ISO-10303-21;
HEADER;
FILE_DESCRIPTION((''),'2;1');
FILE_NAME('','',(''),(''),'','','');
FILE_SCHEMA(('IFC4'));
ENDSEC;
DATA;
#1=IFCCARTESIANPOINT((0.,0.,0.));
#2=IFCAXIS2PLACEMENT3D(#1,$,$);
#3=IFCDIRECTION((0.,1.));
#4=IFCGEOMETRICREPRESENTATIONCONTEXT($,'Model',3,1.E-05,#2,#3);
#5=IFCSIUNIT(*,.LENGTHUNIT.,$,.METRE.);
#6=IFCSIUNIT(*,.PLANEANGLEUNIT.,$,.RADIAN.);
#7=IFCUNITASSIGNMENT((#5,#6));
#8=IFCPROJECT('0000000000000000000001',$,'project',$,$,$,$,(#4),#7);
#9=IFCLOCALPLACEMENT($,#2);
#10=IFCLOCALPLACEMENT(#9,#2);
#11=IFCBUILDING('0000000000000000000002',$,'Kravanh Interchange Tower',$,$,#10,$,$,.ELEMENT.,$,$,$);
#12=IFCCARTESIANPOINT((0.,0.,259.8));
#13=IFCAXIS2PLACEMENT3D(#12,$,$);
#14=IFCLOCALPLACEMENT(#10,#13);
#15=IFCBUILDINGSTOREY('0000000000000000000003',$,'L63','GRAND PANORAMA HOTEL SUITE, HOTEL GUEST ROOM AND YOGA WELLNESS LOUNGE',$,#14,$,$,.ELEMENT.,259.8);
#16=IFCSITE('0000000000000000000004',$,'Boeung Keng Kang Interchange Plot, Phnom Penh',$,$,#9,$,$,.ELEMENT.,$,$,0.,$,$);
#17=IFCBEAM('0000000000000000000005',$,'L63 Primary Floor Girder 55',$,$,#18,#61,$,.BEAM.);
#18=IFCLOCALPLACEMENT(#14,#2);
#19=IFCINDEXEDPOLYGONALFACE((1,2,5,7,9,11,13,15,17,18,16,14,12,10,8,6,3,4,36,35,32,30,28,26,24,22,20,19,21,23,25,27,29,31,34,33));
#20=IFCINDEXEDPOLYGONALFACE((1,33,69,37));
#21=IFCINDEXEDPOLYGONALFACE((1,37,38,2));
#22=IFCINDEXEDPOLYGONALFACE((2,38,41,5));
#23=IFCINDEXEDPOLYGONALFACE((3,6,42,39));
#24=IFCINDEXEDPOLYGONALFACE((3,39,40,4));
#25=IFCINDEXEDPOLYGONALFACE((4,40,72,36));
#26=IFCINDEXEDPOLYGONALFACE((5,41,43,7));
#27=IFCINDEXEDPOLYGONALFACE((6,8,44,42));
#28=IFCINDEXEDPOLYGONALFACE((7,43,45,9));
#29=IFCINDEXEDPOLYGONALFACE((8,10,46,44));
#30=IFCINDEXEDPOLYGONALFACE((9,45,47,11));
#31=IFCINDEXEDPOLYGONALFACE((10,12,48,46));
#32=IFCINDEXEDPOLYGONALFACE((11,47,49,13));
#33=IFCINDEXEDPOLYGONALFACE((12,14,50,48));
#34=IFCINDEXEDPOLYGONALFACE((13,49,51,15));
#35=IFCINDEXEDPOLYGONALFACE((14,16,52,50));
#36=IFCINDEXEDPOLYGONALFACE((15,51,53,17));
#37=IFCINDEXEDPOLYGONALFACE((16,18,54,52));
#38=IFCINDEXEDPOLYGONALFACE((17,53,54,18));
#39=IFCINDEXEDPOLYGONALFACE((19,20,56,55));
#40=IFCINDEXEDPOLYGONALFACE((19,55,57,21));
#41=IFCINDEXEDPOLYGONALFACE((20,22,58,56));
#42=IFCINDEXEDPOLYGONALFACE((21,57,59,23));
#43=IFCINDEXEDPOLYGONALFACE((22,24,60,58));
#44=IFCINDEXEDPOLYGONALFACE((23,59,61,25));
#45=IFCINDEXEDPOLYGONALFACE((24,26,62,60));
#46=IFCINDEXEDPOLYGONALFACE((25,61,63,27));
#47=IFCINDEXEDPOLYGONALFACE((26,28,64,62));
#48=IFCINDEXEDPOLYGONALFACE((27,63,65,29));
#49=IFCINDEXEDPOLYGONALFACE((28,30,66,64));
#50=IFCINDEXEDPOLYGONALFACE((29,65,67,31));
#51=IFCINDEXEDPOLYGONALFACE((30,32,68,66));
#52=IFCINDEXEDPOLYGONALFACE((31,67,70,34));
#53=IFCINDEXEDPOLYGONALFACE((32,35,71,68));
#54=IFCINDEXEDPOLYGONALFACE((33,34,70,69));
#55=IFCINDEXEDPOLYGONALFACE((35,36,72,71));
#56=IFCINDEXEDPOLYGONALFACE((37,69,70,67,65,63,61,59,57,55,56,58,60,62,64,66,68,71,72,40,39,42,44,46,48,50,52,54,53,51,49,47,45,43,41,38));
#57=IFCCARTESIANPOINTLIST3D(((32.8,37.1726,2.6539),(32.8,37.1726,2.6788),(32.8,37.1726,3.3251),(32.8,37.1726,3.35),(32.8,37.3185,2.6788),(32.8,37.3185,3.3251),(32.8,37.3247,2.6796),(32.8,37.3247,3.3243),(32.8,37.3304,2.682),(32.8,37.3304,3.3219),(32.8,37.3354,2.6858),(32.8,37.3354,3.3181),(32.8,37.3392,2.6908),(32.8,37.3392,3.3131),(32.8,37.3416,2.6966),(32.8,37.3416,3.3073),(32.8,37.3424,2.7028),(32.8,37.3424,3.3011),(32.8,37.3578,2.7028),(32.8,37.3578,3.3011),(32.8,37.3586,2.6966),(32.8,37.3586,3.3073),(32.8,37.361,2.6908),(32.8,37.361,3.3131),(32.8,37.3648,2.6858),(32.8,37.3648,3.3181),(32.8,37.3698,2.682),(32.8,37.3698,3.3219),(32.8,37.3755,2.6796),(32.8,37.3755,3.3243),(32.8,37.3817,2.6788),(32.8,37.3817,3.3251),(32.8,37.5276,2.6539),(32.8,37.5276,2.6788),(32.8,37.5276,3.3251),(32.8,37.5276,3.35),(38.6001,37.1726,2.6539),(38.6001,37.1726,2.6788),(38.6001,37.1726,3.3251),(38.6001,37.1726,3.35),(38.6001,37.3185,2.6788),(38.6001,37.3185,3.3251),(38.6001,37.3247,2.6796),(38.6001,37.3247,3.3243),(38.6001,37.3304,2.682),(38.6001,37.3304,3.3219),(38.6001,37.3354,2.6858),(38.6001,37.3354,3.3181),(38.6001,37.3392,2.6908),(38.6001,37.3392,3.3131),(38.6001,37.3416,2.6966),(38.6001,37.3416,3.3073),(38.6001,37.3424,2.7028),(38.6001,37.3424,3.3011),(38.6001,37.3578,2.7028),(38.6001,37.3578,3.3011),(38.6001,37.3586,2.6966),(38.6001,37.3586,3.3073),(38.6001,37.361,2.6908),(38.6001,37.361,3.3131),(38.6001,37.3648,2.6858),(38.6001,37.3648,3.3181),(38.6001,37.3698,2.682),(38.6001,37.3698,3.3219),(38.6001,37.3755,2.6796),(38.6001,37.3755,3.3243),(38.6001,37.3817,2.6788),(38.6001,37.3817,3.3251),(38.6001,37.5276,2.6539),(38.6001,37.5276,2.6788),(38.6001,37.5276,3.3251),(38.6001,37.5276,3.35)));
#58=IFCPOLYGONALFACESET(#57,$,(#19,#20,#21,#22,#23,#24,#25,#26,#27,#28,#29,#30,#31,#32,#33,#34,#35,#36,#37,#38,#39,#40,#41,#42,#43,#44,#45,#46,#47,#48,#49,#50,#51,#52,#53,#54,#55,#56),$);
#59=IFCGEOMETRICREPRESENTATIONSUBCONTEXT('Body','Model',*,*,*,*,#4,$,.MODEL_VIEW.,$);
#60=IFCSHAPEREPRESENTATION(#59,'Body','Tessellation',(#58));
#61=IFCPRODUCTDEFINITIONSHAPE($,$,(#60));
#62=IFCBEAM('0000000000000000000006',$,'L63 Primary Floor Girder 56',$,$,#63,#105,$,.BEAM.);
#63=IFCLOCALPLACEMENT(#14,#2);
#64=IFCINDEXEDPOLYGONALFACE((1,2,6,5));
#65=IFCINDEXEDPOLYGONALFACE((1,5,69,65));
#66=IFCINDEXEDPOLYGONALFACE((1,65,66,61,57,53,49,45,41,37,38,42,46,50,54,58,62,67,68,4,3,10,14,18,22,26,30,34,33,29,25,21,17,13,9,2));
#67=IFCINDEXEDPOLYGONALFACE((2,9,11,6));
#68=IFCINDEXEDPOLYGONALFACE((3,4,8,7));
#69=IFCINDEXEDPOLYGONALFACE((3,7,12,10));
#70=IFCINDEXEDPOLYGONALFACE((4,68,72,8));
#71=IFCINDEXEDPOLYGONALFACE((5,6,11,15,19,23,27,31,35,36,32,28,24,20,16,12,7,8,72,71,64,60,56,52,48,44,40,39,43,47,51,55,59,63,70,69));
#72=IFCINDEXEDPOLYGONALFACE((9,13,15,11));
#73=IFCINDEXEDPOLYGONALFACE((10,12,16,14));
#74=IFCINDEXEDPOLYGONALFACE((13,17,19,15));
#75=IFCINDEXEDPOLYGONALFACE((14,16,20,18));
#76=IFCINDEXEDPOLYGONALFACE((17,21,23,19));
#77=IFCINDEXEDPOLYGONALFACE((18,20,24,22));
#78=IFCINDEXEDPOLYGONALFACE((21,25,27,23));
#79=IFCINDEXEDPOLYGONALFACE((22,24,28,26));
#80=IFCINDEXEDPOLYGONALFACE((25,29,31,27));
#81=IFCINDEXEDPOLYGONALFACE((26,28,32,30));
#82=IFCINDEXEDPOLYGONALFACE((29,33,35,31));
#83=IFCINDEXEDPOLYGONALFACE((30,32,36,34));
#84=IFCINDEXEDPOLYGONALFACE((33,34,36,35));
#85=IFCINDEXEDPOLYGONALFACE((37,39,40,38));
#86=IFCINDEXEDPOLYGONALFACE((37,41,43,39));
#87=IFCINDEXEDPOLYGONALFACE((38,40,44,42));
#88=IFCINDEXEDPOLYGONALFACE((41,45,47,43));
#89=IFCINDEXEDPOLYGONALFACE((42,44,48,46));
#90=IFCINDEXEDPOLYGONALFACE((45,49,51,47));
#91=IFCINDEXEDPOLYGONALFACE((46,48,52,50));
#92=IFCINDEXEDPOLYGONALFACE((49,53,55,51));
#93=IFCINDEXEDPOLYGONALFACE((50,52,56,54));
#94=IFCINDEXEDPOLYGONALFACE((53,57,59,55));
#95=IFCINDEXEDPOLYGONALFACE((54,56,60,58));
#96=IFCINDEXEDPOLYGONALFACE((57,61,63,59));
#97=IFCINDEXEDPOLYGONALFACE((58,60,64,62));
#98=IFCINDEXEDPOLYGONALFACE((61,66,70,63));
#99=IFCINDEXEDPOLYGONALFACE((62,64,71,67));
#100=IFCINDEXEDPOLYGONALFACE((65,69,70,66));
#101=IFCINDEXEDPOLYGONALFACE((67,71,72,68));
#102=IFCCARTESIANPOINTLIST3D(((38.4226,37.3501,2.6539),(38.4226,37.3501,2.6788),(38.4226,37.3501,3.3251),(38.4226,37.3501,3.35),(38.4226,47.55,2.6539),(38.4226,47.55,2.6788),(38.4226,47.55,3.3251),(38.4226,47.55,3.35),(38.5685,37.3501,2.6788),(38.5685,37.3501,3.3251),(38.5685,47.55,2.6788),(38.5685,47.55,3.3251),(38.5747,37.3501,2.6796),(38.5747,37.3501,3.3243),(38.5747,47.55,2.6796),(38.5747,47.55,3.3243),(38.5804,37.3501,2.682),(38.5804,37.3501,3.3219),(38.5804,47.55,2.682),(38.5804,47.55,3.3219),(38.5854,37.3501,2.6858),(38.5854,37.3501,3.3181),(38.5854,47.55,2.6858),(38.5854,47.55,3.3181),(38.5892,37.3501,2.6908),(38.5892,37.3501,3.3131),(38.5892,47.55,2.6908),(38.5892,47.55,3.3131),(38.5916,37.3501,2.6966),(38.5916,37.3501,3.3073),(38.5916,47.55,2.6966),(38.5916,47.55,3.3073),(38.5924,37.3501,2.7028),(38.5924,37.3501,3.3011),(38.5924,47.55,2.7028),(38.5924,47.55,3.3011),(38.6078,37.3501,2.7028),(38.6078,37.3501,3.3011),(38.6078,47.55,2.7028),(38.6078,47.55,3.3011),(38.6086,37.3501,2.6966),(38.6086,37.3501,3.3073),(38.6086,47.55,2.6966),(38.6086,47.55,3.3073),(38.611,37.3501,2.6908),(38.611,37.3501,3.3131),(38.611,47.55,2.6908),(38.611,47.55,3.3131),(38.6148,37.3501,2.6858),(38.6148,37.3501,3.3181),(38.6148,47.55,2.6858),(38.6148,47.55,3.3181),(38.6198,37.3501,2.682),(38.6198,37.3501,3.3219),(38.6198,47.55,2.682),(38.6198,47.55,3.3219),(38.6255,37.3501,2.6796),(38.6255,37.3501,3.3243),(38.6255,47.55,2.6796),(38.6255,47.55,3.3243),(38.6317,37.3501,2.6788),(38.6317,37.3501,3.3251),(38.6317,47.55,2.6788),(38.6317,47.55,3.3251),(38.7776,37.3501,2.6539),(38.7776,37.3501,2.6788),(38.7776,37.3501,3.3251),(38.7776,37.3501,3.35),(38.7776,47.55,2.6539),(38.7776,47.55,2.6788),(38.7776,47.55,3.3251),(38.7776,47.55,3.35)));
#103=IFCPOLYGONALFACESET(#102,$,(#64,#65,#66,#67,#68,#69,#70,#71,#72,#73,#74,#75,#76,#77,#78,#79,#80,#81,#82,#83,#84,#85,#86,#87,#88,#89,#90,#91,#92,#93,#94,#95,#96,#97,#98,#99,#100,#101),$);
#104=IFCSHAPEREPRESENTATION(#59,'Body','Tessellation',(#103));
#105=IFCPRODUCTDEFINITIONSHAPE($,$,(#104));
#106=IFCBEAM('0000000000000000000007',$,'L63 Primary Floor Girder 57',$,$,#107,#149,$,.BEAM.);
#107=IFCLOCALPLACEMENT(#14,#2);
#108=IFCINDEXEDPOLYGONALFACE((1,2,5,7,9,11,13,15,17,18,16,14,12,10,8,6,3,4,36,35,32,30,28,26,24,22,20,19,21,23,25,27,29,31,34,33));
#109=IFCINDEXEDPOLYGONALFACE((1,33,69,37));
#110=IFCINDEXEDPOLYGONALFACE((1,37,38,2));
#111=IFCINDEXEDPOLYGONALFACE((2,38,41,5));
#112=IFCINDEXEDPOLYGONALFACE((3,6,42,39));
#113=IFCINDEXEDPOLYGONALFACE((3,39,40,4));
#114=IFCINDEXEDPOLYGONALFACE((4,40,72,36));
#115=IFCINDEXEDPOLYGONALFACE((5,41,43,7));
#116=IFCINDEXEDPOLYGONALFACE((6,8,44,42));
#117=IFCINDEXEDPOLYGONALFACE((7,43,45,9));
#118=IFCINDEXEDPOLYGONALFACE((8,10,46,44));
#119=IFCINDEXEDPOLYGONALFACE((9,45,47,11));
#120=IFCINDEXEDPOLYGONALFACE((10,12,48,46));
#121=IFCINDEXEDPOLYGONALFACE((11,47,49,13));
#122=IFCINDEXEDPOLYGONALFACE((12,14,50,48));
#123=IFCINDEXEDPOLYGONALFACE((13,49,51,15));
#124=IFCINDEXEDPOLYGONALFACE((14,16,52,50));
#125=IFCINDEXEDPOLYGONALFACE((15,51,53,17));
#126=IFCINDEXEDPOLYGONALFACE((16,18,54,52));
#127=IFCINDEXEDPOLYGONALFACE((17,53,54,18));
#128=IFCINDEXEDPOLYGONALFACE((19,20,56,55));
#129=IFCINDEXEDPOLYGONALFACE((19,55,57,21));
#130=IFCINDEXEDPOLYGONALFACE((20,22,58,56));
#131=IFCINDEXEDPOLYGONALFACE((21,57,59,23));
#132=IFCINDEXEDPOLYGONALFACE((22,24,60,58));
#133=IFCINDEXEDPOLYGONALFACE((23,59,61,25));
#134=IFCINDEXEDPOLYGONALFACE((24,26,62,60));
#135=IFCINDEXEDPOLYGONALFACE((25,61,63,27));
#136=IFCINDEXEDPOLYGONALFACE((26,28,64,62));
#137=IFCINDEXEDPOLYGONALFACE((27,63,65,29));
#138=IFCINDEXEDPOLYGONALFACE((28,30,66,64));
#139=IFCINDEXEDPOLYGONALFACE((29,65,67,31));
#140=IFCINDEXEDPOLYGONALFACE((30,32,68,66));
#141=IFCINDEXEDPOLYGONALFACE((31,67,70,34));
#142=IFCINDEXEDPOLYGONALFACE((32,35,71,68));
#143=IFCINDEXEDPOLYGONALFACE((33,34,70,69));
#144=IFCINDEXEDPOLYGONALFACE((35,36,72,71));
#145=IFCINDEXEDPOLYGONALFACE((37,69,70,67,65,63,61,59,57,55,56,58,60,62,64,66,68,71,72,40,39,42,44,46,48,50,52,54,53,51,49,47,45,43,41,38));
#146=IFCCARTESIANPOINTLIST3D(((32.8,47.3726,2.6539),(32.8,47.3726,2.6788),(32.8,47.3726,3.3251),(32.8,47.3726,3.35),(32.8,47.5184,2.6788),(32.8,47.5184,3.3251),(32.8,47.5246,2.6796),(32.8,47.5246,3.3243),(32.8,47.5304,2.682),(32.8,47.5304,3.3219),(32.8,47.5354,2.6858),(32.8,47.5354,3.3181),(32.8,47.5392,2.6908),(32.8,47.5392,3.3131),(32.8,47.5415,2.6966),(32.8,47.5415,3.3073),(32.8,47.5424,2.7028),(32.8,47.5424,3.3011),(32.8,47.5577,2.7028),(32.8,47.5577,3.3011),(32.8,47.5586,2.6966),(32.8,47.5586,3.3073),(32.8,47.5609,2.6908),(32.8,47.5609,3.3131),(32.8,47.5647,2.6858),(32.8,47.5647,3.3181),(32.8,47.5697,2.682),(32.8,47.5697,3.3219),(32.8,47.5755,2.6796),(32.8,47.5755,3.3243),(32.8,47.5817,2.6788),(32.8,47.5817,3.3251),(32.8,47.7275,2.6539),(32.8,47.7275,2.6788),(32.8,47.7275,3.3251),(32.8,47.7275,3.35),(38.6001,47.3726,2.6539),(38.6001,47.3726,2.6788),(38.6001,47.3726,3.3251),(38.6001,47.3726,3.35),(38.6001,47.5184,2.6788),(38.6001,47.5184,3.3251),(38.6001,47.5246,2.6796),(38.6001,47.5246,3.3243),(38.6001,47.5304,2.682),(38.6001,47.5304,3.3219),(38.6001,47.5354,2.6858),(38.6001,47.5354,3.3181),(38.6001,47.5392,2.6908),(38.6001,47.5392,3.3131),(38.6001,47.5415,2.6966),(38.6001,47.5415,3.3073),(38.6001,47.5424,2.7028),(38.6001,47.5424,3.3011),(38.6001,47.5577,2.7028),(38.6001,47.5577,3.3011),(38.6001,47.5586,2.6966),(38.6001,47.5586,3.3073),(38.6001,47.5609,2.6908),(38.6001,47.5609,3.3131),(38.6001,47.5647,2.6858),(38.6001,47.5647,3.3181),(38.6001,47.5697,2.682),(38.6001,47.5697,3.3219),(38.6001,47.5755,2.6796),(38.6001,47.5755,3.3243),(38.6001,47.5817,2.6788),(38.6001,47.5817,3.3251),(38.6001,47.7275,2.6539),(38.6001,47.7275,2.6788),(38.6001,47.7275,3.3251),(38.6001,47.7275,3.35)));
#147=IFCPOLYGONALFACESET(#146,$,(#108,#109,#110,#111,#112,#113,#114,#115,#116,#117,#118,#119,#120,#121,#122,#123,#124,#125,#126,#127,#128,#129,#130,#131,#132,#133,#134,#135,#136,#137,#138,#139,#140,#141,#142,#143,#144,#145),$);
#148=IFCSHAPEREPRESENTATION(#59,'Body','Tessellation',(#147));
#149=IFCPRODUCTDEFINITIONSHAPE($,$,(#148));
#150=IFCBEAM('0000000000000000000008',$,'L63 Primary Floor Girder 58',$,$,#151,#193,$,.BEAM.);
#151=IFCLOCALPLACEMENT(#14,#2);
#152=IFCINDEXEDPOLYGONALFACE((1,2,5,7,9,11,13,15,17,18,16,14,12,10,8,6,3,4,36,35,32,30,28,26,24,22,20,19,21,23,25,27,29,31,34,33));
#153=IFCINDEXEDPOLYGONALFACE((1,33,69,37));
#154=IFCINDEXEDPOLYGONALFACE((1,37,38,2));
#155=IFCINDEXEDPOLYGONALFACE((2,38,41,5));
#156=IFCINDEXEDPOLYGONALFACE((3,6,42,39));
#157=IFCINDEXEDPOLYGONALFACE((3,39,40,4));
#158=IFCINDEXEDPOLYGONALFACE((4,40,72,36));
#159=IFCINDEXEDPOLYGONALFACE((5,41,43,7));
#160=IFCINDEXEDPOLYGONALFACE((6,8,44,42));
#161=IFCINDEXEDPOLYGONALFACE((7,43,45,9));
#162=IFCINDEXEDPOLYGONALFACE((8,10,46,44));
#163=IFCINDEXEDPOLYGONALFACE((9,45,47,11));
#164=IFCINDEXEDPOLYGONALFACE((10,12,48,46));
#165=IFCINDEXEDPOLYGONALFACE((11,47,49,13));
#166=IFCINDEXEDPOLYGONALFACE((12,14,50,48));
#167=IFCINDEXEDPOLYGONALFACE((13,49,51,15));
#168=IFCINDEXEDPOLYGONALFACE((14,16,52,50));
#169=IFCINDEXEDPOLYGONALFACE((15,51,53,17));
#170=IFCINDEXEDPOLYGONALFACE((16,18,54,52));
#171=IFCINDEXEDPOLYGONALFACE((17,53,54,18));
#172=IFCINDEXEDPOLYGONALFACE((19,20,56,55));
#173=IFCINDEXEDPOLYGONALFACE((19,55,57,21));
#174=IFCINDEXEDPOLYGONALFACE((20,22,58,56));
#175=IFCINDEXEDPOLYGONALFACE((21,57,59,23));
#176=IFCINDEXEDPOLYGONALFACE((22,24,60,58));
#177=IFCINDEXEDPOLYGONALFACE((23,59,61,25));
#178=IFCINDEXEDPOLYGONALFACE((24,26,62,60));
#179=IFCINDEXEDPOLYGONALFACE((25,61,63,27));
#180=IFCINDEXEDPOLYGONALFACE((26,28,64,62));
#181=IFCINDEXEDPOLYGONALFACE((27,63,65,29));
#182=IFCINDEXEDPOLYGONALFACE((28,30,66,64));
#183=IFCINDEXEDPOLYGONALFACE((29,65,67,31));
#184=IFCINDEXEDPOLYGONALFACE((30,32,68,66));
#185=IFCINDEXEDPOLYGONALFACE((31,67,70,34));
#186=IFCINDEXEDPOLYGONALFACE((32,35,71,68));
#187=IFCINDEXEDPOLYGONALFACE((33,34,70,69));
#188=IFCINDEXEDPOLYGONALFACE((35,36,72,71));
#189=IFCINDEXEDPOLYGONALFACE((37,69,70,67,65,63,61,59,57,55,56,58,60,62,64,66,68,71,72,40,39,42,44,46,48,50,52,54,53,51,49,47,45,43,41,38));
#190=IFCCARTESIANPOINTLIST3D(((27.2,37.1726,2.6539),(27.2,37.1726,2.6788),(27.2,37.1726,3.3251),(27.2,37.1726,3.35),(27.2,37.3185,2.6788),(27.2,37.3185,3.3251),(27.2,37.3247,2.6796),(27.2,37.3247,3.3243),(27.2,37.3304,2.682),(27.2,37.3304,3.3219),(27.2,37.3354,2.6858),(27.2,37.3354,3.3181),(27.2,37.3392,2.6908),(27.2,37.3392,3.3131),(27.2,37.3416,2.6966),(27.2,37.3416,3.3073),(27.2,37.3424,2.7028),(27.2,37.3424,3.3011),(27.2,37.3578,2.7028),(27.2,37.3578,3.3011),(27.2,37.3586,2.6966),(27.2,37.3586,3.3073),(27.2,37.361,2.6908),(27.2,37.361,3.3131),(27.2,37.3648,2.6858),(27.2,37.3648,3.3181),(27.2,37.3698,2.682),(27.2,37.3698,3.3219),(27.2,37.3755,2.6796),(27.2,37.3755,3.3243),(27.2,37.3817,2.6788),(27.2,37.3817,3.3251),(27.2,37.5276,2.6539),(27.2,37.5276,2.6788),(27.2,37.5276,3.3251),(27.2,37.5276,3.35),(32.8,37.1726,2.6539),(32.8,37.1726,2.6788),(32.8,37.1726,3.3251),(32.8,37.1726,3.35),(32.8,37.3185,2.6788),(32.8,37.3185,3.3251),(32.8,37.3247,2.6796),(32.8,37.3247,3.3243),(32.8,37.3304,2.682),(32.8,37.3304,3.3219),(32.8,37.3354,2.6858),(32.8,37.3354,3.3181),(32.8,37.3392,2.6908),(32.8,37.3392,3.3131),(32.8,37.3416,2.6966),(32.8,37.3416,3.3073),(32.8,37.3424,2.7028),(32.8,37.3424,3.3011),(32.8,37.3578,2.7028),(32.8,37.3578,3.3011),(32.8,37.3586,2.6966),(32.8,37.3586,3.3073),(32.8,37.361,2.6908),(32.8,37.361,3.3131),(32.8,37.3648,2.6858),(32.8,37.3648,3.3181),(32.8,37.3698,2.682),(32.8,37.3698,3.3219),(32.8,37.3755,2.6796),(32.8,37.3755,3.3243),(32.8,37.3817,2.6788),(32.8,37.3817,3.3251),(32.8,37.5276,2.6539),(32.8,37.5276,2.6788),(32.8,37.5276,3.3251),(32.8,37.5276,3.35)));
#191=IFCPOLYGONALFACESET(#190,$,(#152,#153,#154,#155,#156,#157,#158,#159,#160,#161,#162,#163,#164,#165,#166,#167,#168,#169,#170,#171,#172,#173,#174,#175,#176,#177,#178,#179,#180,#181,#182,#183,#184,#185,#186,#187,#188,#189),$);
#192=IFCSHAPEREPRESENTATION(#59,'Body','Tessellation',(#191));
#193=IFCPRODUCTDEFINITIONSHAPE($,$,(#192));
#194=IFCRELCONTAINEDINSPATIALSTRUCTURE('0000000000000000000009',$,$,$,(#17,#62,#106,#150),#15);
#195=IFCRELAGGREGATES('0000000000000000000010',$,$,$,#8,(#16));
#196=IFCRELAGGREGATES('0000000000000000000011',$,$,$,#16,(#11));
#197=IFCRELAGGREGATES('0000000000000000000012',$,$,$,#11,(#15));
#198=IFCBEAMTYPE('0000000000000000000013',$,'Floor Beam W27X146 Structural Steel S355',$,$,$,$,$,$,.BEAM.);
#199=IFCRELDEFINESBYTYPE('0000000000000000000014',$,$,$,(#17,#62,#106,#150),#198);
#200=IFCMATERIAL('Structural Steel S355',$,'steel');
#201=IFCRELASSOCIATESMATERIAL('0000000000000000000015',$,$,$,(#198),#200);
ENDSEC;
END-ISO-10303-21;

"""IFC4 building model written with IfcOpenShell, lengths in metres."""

from ifc_helpers import new_model, si_unit, direction, frame, origin, origin_2d, place, context, subcontext, project, spatial, i_section, extrude, material, material_profile, profile_set, type_object, element, save


model = new_model("IFC4")

# Units and contexts
model_context = context("Model", 3, precision=1e-05, world=origin(), true_north=direction((0.0, 1.0)))
body_context = subcontext(model_context, "Body", "Model", "MODEL_VIEW")
ifc_project = project(units=[si_unit("LENGTHUNIT", "METRE"), si_unit("PLANEANGLEUNIT", "RADIAN")], contexts=[model_context])

# Site, building, storey
site_placement = place(None, origin())
site = spatial("IfcSite", under=ifc_project, at=site_placement, Name="Boeung Keng Kang Interchange Plot, Phnom Penh", CompositionType="ELEMENT", RefElevation=0.0)
building_placement = place(site_placement, origin())
building = spatial("IfcBuilding", under=site, at=building_placement, Name="Kravanh Interchange Tower", CompositionType="ELEMENT")
storey_placement = place(building_placement, frame((0.0, 0.0, 259.8)))
storey = spatial("IfcBuildingStorey", under=building, at=storey_placement, Name="L63", Description="GRAND PANORAMA HOTEL SUITE, HOTEL GUEST ROOM AND YOGA WELLNESS LOUNGE", CompositionType="ELEMENT", Elevation=259.8)

# Beams
ifc_material_1 = material(Name="Structural Steel S355", Category="steel")
ifc_material_profile_1 = material_profile(ifc_material_1, i_section(OverallWidth=0.355, OverallDepth=0.696, WebThickness=0.0154, FlangeThickness=0.0249, FilletRadius=0.0239, at=origin_2d()), Name="W27X146")
ifc_profile_set_1 = profile_set([ifc_material_profile_1], Name="Structural Steel S355")
beam_type_1 = type_object("IfcBeamType", Name="Floor Beam W27X146 Structural Steel S355", PredefinedType="BEAM", material=ifc_profile_set_1)
beam_1_placement = place(storey_placement, frame((38.6001, 37.3501, 3.002), z_axis=(-1.0, 0.0, 0.0), x_axis=(0.0, -1.0, 0.0)))
element("IfcBeam", 1, at=beam_1_placement, inside=storey, type_object=beam_type_1, Name="L63 Primary Floor Girder 55", PredefinedType="BEAM", context=body_context, shape_type="SweptSolid", body=[
    extrude(i_section(OverallWidth=0.355, OverallDepth=0.696, WebThickness=0.0154, FlangeThickness=0.0249, FilletRadius=0.0239, at=origin_2d()), origin(), (0.0, 0.0, 1.0), 5.8),
])
beam_2_placement = place(storey_placement, frame((38.6001, 37.3501, 3.002), z_axis=(0.0, 1.0, 0.0), x_axis=(-1.0, 0.0, 0.0)))
element("IfcBeam", 2, at=beam_2_placement, inside=storey, type_object=beam_type_1, Name="L63 Primary Floor Girder 56", PredefinedType="BEAM", context=body_context, shape_type="SweptSolid", body=[
    extrude(i_section(OverallWidth=0.355, OverallDepth=0.696, WebThickness=0.0154, FlangeThickness=0.0249, FilletRadius=0.0239, at=origin_2d()), origin(), (0.0, 0.0, 1.0), 10.2),
])
beam_3_placement = place(storey_placement, frame((38.6001, 47.55, 3.002), z_axis=(-1.0, 0.0, 0.0), x_axis=(0.0, -1.0, 0.0)))
element("IfcBeam", 3, at=beam_3_placement, inside=storey, type_object=beam_type_1, Name="L63 Primary Floor Girder 57", PredefinedType="BEAM", context=body_context, shape_type="SweptSolid", body=[
    extrude(i_section(OverallWidth=0.355, OverallDepth=0.696, WebThickness=0.0154, FlangeThickness=0.0249, FilletRadius=0.0239, at=origin_2d()), origin(), (0.0, 0.0, 1.0), 5.8),
])
beam_4_placement = place(storey_placement, frame((32.8, 37.3501, 3.002), z_axis=(-1.0, 0.0, 0.0), x_axis=(0.0, -1.0, 0.0)))
element("IfcBeam", 4, at=beam_4_placement, inside=storey, type_object=beam_type_1, Name="L63 Primary Floor Girder 58", PredefinedType="BEAM", context=body_context, shape_type="SweptSolid", body=[
    extrude(i_section(OverallWidth=0.355, OverallDepth=0.696, WebThickness=0.0154, FlangeThickness=0.0249, FilletRadius=0.0239, at=origin_2d()), origin(), (0.0, 0.0, 1.0), 5.6001),
])

save(model, "model.ifc")
